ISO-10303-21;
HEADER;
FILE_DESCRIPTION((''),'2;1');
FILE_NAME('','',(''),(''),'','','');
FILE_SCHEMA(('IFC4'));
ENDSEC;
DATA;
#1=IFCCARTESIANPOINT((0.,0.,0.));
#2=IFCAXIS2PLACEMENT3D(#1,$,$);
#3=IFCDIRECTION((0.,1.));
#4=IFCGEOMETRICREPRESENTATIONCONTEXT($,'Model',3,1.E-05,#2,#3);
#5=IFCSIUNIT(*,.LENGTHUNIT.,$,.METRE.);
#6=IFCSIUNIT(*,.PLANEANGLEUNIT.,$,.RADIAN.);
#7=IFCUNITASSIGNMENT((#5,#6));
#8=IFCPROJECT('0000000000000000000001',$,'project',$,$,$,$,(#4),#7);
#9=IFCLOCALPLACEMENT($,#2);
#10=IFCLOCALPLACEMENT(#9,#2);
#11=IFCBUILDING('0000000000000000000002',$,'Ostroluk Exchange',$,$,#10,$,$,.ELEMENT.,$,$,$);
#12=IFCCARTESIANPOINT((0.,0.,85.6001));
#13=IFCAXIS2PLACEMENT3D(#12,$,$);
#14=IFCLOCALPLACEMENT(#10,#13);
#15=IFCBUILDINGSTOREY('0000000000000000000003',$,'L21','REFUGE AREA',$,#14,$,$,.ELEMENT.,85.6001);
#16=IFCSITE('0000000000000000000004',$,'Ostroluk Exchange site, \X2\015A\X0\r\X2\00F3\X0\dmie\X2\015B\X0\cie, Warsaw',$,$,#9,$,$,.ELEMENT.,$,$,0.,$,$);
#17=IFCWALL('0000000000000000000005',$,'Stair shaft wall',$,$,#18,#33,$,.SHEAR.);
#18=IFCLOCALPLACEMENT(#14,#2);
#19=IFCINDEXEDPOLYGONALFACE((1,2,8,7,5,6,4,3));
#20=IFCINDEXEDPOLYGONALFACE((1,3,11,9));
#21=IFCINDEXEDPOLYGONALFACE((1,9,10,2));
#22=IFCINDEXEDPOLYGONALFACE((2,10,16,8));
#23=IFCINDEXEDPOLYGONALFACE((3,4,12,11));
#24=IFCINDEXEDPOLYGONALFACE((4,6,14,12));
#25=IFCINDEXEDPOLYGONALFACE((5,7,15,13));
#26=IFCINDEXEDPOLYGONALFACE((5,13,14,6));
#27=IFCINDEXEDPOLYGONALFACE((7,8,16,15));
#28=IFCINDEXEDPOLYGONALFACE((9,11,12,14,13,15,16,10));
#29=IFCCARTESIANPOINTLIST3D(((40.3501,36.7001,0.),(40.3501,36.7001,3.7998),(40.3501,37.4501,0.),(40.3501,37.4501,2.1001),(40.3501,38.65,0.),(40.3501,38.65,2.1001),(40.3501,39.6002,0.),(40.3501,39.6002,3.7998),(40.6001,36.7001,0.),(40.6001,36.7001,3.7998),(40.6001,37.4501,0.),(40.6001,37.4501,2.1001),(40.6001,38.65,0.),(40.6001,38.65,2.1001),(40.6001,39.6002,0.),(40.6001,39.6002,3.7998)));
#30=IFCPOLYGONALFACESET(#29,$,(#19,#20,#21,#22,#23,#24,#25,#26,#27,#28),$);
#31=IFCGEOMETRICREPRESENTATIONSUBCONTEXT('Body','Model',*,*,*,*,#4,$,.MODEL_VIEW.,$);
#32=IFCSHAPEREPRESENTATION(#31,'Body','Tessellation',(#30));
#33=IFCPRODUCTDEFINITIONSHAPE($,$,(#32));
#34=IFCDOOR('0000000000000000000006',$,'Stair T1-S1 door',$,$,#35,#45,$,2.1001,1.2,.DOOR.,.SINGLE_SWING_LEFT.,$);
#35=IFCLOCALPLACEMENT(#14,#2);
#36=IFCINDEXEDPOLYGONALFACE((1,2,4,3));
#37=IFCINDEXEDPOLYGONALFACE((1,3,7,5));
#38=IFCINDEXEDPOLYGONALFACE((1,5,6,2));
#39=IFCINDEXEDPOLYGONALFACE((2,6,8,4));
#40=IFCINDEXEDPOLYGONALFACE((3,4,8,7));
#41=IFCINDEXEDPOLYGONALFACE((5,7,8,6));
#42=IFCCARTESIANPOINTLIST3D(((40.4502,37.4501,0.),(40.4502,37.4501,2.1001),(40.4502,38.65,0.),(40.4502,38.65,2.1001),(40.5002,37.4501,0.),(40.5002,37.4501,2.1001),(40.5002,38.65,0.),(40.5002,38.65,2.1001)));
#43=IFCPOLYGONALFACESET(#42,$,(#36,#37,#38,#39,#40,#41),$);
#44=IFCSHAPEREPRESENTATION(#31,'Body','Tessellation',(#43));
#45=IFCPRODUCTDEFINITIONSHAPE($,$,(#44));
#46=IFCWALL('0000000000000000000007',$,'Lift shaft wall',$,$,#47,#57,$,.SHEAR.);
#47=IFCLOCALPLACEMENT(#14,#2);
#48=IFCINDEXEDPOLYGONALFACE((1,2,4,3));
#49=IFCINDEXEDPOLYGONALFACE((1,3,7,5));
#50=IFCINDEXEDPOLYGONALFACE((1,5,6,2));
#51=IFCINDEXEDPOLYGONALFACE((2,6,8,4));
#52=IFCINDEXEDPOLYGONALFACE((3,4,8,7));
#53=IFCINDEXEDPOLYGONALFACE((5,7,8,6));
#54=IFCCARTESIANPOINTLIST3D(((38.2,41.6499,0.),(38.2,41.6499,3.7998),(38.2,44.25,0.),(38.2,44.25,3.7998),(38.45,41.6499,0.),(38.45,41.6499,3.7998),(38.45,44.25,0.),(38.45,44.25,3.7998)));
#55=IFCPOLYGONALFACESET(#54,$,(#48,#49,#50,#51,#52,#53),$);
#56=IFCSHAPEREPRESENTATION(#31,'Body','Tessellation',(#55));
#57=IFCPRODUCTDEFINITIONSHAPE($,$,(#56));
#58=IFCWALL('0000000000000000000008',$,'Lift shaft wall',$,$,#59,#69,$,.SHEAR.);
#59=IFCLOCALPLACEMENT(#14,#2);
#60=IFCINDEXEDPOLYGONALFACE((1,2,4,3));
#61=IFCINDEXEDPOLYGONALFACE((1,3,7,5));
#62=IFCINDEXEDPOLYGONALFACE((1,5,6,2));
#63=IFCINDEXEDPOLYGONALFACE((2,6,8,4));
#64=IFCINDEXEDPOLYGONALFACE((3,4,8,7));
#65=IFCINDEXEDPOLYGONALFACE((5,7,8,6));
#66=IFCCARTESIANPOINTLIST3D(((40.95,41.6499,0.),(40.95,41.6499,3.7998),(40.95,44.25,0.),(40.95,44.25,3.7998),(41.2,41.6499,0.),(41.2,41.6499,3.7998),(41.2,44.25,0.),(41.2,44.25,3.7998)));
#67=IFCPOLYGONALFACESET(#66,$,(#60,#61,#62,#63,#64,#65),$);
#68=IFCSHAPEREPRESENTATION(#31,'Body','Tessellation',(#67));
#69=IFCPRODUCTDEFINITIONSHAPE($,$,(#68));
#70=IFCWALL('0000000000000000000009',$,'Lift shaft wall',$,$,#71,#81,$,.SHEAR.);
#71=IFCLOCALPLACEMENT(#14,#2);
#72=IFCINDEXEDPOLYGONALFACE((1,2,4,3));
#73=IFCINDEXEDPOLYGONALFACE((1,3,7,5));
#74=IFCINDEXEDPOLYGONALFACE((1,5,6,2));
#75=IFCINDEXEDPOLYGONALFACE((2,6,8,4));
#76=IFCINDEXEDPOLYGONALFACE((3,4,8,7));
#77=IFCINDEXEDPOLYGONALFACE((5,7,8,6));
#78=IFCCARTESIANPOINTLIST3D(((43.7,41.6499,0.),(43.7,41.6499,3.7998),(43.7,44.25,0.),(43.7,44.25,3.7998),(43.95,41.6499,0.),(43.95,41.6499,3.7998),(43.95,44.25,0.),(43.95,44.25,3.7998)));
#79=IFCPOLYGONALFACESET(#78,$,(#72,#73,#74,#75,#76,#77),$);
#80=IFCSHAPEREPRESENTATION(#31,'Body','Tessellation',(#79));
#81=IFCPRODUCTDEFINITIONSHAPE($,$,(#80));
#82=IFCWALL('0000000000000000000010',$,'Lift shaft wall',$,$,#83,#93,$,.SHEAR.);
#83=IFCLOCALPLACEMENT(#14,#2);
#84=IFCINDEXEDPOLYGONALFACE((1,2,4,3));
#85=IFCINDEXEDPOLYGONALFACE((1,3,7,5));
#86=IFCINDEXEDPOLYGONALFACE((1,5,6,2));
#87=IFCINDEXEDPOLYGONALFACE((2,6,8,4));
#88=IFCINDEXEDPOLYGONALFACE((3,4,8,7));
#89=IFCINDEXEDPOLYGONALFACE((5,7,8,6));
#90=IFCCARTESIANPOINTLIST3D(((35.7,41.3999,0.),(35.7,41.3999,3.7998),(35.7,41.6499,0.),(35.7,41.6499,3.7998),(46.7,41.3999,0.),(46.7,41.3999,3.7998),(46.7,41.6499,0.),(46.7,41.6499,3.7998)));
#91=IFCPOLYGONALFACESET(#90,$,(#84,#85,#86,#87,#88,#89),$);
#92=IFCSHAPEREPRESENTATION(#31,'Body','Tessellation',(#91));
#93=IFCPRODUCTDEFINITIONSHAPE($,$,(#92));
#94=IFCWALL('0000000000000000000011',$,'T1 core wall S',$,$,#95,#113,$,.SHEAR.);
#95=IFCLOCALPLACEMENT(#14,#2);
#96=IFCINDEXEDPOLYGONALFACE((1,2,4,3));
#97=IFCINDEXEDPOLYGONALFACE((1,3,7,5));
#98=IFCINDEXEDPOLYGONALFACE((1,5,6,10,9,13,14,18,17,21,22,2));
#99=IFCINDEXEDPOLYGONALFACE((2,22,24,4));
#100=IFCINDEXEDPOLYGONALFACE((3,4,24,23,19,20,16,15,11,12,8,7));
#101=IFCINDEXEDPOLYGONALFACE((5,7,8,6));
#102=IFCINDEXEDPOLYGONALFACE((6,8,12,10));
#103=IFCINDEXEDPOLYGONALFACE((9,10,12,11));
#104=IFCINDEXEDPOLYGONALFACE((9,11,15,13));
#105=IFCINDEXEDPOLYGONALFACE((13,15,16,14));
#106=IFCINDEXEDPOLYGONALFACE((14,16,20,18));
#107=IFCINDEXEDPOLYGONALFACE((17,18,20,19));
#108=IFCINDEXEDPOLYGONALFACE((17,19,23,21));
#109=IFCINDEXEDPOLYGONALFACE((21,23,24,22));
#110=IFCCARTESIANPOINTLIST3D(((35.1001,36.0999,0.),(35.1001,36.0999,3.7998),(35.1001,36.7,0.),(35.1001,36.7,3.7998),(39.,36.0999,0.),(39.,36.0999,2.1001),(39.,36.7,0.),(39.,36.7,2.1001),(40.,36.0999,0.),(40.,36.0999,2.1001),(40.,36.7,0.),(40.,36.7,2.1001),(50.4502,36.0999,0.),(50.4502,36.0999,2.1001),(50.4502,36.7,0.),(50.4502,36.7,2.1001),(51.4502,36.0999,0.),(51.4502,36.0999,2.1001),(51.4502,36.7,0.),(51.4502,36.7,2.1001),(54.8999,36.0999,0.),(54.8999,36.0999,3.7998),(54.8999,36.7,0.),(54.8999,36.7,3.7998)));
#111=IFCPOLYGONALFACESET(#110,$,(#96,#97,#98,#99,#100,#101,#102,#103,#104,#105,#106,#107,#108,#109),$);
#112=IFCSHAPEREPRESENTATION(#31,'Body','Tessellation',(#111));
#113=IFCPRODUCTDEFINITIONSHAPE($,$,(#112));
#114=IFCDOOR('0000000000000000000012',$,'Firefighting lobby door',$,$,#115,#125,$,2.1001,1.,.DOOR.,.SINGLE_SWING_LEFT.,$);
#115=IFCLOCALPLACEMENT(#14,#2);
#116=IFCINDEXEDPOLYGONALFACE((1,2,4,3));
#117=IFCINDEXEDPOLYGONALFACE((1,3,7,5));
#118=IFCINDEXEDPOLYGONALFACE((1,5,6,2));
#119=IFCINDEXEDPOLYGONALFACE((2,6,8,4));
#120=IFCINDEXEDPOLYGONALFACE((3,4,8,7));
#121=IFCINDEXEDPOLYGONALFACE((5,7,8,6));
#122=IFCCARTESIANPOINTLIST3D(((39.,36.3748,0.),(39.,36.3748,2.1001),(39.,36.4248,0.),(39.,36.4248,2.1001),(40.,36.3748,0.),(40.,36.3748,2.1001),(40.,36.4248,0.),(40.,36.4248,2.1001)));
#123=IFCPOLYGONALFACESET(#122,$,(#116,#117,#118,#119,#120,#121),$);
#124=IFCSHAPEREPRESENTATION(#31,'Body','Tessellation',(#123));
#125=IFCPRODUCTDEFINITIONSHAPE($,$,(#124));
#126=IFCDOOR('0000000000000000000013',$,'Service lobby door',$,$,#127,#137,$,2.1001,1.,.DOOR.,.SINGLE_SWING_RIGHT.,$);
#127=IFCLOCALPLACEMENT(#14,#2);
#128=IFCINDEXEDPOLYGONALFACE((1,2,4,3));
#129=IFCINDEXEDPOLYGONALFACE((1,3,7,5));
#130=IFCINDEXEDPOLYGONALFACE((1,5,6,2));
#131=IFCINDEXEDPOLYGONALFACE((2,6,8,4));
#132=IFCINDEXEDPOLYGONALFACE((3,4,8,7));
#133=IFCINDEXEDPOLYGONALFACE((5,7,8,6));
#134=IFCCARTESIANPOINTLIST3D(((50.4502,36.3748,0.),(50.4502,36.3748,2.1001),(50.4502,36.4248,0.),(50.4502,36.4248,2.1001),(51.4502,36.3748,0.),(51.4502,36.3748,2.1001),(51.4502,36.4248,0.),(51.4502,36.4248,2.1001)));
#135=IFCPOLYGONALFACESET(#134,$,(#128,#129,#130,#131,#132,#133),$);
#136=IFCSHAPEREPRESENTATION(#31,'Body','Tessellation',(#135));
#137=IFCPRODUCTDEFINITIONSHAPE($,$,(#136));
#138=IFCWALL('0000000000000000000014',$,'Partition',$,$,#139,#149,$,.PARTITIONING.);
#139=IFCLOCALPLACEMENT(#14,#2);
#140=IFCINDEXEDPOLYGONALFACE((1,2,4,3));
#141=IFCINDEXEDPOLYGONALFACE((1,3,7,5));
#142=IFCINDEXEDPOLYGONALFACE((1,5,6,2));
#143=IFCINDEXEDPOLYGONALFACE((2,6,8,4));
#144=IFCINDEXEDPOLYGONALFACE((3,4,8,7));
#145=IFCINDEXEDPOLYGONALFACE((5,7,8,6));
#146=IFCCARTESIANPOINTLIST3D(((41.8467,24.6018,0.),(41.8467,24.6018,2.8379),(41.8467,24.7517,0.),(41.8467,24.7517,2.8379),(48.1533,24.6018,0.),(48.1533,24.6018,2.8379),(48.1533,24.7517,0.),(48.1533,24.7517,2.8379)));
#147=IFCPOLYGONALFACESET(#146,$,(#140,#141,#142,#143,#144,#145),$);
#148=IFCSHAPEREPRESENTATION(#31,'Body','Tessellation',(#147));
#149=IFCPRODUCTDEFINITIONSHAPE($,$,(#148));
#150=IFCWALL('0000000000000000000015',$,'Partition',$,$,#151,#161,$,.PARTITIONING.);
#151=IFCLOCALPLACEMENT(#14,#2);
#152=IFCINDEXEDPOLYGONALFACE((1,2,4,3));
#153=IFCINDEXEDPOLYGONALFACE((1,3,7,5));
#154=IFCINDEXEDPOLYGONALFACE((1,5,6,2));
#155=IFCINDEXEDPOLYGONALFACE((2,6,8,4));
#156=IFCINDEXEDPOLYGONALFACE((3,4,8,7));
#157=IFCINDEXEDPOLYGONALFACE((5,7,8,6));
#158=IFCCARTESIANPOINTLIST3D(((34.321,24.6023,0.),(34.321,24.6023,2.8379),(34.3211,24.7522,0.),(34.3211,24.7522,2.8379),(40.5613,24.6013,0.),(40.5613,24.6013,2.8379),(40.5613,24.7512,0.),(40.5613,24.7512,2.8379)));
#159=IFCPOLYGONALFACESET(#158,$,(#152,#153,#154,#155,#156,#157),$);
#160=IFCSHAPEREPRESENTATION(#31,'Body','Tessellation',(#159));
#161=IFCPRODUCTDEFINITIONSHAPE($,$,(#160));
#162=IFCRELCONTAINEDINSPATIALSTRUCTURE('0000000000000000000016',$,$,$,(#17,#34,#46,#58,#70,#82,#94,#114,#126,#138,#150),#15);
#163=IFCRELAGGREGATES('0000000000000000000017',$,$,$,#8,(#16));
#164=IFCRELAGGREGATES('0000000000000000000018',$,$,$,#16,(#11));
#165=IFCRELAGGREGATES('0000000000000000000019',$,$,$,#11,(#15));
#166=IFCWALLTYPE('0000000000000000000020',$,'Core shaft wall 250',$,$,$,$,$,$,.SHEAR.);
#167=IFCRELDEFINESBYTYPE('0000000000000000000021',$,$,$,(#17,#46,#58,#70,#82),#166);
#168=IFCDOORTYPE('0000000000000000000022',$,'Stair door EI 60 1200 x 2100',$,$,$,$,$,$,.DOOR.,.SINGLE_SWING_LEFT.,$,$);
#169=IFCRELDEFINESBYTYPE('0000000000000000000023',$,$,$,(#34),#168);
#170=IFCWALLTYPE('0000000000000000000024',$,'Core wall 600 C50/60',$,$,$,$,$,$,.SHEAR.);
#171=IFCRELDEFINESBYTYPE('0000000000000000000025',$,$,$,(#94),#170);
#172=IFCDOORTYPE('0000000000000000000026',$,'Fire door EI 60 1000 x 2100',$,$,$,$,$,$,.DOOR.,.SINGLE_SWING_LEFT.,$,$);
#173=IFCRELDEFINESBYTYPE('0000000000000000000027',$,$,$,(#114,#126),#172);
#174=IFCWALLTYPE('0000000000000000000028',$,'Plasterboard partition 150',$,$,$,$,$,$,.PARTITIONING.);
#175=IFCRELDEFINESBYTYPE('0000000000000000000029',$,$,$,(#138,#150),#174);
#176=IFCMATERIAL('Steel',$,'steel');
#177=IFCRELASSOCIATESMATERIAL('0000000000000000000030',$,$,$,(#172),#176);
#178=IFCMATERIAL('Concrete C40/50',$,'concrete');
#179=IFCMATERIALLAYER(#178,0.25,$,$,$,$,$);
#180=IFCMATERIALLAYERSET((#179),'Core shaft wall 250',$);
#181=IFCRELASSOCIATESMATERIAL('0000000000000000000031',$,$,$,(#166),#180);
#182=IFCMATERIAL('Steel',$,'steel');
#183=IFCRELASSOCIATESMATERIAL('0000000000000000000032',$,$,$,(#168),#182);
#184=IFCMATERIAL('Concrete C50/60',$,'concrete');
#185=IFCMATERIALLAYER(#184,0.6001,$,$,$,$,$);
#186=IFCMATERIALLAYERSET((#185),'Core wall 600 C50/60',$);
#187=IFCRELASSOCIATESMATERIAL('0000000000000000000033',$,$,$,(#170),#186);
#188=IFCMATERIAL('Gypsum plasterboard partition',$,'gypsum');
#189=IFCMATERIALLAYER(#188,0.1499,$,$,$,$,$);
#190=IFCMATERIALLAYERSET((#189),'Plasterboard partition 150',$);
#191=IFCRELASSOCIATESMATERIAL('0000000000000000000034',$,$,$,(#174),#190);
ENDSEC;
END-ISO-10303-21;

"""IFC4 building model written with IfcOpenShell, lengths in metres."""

from ifc_helpers import new_model, si_unit, direction, frame, frame_2d, origin, place, context, subcontext, project, spatial, rectangle, extrude, material, layer, layer_set, type_object, element, fill, save


model = new_model("IFC4")

# Units and contexts
model_context = context("Model", 3, precision=1e-05, world=origin(), true_north=direction((0.0, 1.0)))
body_context = subcontext(model_context, "Body", "Model", "MODEL_VIEW")
ifc_project = project(units=[si_unit("LENGTHUNIT", "METRE"), si_unit("PLANEANGLEUNIT", "RADIAN")], contexts=[model_context])

# Site, building, storey
site_placement = place(None, origin())
site = spatial("IfcSite", under=ifc_project, at=site_placement, Name="Ostroluk Exchange site, Śródmieście, Warsaw", CompositionType="ELEMENT", RefElevation=0.0)
building_placement = place(site_placement, origin())
building = spatial("IfcBuilding", under=site, at=building_placement, Name="Ostroluk Exchange", CompositionType="ELEMENT")
storey_placement = place(building_placement, frame((0.0, 0.0, 85.6001)))
storey = spatial("IfcBuildingStorey", under=building, at=storey_placement, Name="L21", Description="REFUGE AREA", CompositionType="ELEMENT", Elevation=85.6001)

# Shared definitions
ifc_material_1 = material(Name="Steel", Category="steel")
door_type_1 = type_object("IfcDoorType", Name="Fire door EI 60 1000 x 2100", OperationType="SINGLE_SWING_LEFT", PredefinedType="DOOR", material=ifc_material_1)

# Wall, opening, door
ifc_material_2 = material(Name="Concrete C40/50", Category="concrete")
ifc_layer_1 = layer(ifc_material_2, 0.25)
ifc_layer_set_1 = layer_set([ifc_layer_1], Name="Core shaft wall 250")
wall_type_1 = type_object("IfcWallType", Name="Core shaft wall 250", PredefinedType="SHEAR", material=ifc_layer_set_1)
wall_1_placement = place(storey_placement, frame((40.4751, 36.7, 0.0), z_axis=(0.0, 0.0, 1.0), x_axis=(0.0, 1.0, 0.0)))
wall_1 = element("IfcWall", 1, at=wall_1_placement, inside=storey, type_object=wall_type_1, Name="Stair shaft wall", PredefinedType="SHEAR", context=body_context, shape_type="SweptSolid", body=[
    extrude(rectangle(XDim=2.9001, YDim=0.25, at=frame_2d((1.4502, 0.0))), origin(), (0.0, 0.0, 1.0), 3.7998),
])
opening_1_placement = place(wall_1_placement, frame((0.75, 0.0, 0.0)))
opening_1 = element("IfcOpeningElement", 2, at=opening_1_placement, cuts=wall_1, PredefinedType="OPENING", context=body_context, shape_type="SweptSolid", body=[
    extrude(rectangle(XDim=1.2, YDim=2.1001, at=frame_2d((0.6001, 1.05))), frame((0.0, 0.135, 0.0), z_axis=(0.0, -1.0, 0.0), x_axis=(1.0, 0.0, 0.0)), (0.0, 0.0, 1.0), 0.27),
])
ifc_material_3 = material(Name="Steel", Category="steel")
door_type_2 = type_object("IfcDoorType", Name="Stair door EI 60 1200 x 2100", OperationType="SINGLE_SWING_LEFT", PredefinedType="DOOR", material=ifc_material_3)
door_1_placement = place(opening_1_placement, origin())
door_1 = element("IfcDoor", 3, at=door_1_placement, inside=storey, type_object=door_type_2, Name="Stair T1-S1 door", OperationType="SINGLE_SWING_LEFT", OverallHeight=2.1001, OverallWidth=1.2, PredefinedType="DOOR", context=body_context, shape_type="SweptSolid", body=[
    extrude(rectangle(XDim=1.2, YDim=2.1001, at=frame_2d((0.6001, 1.05))), frame((0.0, 0.0249, 0.0), z_axis=(0.0, -1.0, 0.0), x_axis=(1.0, 0.0, 0.0)), (0.0, 0.0, 1.0), 0.05),
])
fill(opening_1, door_1)

# Walls
for number, where, z_axis, x_axis, name in (
    (4, (38.325, 44.25, 0.0), (0.0, 0.0, 1.0), (0.0, -1.0, 0.0), "Lift shaft wall"),
    (5, (41.075, 44.25, 0.0), (0.0, 0.0, 1.0), (0.0, -1.0, 0.0), "Lift shaft wall"),
    (6, (43.825, 44.25, 0.0), (0.0, 0.0, 1.0), (0.0, -1.0, 0.0), "Lift shaft wall"),
):
    element("IfcWall", number, at=place(storey_placement, frame(where, z_axis=z_axis, x_axis=x_axis)), inside=storey, type_object=wall_type_1, Name=name, PredefinedType="SHEAR", context=body_context, shape_type="SweptSolid", body=[
        extrude(rectangle(XDim=2.6001, YDim=0.25, at=frame_2d((1.3, 0.0))), origin(), (0.0, 0.0, 1.0), 3.7998),
    ])
wall_2_placement = place(storey_placement, frame((35.7, 41.5249, 0.0), z_axis=(0.0, 0.0, 1.0), x_axis=(1.0, 0.0, 0.0)))
element("IfcWall", 7, at=wall_2_placement, inside=storey, type_object=wall_type_1, Name="Lift shaft wall", PredefinedType="SHEAR", context=body_context, shape_type="SweptSolid", body=[
    extrude(rectangle(XDim=11.0, YDim=0.25, at=frame_2d((5.5, 0.0))), origin(), (0.0, 0.0, 1.0), 3.7998),
])

# Wall, openings, doors
ifc_material_4 = material(Name="Concrete C50/60", Category="concrete")
ifc_layer_2 = layer(ifc_material_4, 0.6001)
ifc_layer_set_2 = layer_set([ifc_layer_2], Name="Core wall 600 C50/60")
wall_type_2 = type_object("IfcWallType", Name="Core wall 600 C50/60", PredefinedType="SHEAR", material=ifc_layer_set_2)
wall_3_placement = place(storey_placement, frame((35.1001, 36.3999, 0.0), z_axis=(0.0, 0.0, 1.0), x_axis=(1.0, 0.0, 0.0)))
wall_3 = element("IfcWall", 8, at=wall_3_placement, inside=storey, type_object=wall_type_2, Name="T1 core wall S", PredefinedType="SHEAR", context=body_context, shape_type="SweptSolid", body=[
    extrude(rectangle(XDim=19.7998, YDim=0.6001, at=frame_2d((9.8999, 0.0))), origin(), (0.0, 0.0, 1.0), 3.7998),
])
opening_2_placement = place(wall_3_placement, frame((3.8999, 0.0, 0.0)))
opening_2 = element("IfcOpeningElement", 9, at=opening_2_placement, cuts=wall_3, PredefinedType="OPENING", context=body_context, shape_type="SweptSolid", body=[
    extrude(rectangle(XDim=1.0, YDim=2.1001, at=frame_2d((0.5, 1.05))), frame((0.0, 0.3101, 0.0), z_axis=(0.0, -1.0, 0.0), x_axis=(1.0, 0.0, 0.0)), (0.0, 0.0, 1.0), 0.6201),
])
opening_3_placement = place(wall_3_placement, frame((15.3501, 0.0, 0.0)))
opening_3 = element("IfcOpeningElement", 10, at=opening_3_placement, cuts=wall_3, PredefinedType="OPENING", context=body_context, shape_type="SweptSolid", body=[
    extrude(rectangle(XDim=1.0, YDim=2.1001, at=frame_2d((0.5, 1.05))), frame((0.0, 0.3101, 0.0), z_axis=(0.0, -1.0, 0.0), x_axis=(1.0, 0.0, 0.0)), (0.0, 0.0, 1.0), 0.6201),
])
door_2_placement = place(opening_2_placement, origin())
door_2 = element("IfcDoor", 11, at=door_2_placement, inside=storey, type_object=door_type_1, Name="Firefighting lobby door", OperationType="SINGLE_SWING_LEFT", OverallHeight=2.1001, OverallWidth=1.0, PredefinedType="DOOR", context=body_context, shape_type="SweptSolid", body=[
    extrude(rectangle(XDim=1.0, YDim=2.1001, at=frame_2d((0.5, 1.05))), frame((0.0, 0.0249, 0.0), z_axis=(0.0, -1.0, 0.0), x_axis=(1.0, 0.0, 0.0)), (0.0, 0.0, 1.0), 0.05),
])
fill(opening_2, door_2)
door_3_placement = place(opening_3_placement, origin())
door_3 = element("IfcDoor", 12, at=door_3_placement, inside=storey, type_object=door_type_1, Name="Service lobby door", OperationType="SINGLE_SWING_RIGHT", OverallHeight=2.1001, OverallWidth=1.0, PredefinedType="DOOR", context=body_context, shape_type="SweptSolid", body=[
    extrude(rectangle(XDim=1.0, YDim=2.1001, at=frame_2d((0.5, 1.05))), frame((0.0, 0.0249, 0.0), z_axis=(0.0, -1.0, 0.0), x_axis=(1.0, 0.0, 0.0)), (0.0, 0.0, 1.0), 0.05),
])
fill(opening_3, door_3)

# Walls
ifc_material_5 = material(Name="Gypsum plasterboard partition", Category="gypsum")
ifc_layer_3 = layer(ifc_material_5, 0.1499)
ifc_layer_set_3 = layer_set([ifc_layer_3], Name="Plasterboard partition 150")
wall_type_3 = type_object("IfcWallType", Name="Plasterboard partition 150", PredefinedType="PARTITIONING", material=ifc_layer_set_3)
wall_4_placement = place(storey_placement, frame((41.8467, 24.6768, 0.0), z_axis=(0.0, 0.0, 1.0), x_axis=(1.0, 0.0, 0.0)))
element("IfcWall", 13, at=wall_4_placement, inside=storey, type_object=wall_type_3, Name="Partition", PredefinedType="PARTITIONING", context=body_context, shape_type="SweptSolid", body=[
    extrude(rectangle(XDim=6.3066, YDim=0.1499, at=frame_2d((3.1533, 0.0))), origin(), (0.0, 0.0, 1.0), 2.8379),
])
wall_5_placement = place(storey_placement, frame((34.321, 24.6772, 0.0), z_axis=(0.0, 0.0, 1.0), x_axis=(1.0, -0.000156, 0.0)))
element("IfcWall", 14, at=wall_5_placement, inside=storey, type_object=wall_type_3, Name="Partition", PredefinedType="PARTITIONING", context=body_context, shape_type="SweptSolid", body=[
    extrude(rectangle(XDim=6.2402, YDim=0.1499, at=frame_2d((3.1201, 0.0))), origin(), (0.0, 0.0, 1.0), 2.8379),
])

save(model, "model.ifc")
